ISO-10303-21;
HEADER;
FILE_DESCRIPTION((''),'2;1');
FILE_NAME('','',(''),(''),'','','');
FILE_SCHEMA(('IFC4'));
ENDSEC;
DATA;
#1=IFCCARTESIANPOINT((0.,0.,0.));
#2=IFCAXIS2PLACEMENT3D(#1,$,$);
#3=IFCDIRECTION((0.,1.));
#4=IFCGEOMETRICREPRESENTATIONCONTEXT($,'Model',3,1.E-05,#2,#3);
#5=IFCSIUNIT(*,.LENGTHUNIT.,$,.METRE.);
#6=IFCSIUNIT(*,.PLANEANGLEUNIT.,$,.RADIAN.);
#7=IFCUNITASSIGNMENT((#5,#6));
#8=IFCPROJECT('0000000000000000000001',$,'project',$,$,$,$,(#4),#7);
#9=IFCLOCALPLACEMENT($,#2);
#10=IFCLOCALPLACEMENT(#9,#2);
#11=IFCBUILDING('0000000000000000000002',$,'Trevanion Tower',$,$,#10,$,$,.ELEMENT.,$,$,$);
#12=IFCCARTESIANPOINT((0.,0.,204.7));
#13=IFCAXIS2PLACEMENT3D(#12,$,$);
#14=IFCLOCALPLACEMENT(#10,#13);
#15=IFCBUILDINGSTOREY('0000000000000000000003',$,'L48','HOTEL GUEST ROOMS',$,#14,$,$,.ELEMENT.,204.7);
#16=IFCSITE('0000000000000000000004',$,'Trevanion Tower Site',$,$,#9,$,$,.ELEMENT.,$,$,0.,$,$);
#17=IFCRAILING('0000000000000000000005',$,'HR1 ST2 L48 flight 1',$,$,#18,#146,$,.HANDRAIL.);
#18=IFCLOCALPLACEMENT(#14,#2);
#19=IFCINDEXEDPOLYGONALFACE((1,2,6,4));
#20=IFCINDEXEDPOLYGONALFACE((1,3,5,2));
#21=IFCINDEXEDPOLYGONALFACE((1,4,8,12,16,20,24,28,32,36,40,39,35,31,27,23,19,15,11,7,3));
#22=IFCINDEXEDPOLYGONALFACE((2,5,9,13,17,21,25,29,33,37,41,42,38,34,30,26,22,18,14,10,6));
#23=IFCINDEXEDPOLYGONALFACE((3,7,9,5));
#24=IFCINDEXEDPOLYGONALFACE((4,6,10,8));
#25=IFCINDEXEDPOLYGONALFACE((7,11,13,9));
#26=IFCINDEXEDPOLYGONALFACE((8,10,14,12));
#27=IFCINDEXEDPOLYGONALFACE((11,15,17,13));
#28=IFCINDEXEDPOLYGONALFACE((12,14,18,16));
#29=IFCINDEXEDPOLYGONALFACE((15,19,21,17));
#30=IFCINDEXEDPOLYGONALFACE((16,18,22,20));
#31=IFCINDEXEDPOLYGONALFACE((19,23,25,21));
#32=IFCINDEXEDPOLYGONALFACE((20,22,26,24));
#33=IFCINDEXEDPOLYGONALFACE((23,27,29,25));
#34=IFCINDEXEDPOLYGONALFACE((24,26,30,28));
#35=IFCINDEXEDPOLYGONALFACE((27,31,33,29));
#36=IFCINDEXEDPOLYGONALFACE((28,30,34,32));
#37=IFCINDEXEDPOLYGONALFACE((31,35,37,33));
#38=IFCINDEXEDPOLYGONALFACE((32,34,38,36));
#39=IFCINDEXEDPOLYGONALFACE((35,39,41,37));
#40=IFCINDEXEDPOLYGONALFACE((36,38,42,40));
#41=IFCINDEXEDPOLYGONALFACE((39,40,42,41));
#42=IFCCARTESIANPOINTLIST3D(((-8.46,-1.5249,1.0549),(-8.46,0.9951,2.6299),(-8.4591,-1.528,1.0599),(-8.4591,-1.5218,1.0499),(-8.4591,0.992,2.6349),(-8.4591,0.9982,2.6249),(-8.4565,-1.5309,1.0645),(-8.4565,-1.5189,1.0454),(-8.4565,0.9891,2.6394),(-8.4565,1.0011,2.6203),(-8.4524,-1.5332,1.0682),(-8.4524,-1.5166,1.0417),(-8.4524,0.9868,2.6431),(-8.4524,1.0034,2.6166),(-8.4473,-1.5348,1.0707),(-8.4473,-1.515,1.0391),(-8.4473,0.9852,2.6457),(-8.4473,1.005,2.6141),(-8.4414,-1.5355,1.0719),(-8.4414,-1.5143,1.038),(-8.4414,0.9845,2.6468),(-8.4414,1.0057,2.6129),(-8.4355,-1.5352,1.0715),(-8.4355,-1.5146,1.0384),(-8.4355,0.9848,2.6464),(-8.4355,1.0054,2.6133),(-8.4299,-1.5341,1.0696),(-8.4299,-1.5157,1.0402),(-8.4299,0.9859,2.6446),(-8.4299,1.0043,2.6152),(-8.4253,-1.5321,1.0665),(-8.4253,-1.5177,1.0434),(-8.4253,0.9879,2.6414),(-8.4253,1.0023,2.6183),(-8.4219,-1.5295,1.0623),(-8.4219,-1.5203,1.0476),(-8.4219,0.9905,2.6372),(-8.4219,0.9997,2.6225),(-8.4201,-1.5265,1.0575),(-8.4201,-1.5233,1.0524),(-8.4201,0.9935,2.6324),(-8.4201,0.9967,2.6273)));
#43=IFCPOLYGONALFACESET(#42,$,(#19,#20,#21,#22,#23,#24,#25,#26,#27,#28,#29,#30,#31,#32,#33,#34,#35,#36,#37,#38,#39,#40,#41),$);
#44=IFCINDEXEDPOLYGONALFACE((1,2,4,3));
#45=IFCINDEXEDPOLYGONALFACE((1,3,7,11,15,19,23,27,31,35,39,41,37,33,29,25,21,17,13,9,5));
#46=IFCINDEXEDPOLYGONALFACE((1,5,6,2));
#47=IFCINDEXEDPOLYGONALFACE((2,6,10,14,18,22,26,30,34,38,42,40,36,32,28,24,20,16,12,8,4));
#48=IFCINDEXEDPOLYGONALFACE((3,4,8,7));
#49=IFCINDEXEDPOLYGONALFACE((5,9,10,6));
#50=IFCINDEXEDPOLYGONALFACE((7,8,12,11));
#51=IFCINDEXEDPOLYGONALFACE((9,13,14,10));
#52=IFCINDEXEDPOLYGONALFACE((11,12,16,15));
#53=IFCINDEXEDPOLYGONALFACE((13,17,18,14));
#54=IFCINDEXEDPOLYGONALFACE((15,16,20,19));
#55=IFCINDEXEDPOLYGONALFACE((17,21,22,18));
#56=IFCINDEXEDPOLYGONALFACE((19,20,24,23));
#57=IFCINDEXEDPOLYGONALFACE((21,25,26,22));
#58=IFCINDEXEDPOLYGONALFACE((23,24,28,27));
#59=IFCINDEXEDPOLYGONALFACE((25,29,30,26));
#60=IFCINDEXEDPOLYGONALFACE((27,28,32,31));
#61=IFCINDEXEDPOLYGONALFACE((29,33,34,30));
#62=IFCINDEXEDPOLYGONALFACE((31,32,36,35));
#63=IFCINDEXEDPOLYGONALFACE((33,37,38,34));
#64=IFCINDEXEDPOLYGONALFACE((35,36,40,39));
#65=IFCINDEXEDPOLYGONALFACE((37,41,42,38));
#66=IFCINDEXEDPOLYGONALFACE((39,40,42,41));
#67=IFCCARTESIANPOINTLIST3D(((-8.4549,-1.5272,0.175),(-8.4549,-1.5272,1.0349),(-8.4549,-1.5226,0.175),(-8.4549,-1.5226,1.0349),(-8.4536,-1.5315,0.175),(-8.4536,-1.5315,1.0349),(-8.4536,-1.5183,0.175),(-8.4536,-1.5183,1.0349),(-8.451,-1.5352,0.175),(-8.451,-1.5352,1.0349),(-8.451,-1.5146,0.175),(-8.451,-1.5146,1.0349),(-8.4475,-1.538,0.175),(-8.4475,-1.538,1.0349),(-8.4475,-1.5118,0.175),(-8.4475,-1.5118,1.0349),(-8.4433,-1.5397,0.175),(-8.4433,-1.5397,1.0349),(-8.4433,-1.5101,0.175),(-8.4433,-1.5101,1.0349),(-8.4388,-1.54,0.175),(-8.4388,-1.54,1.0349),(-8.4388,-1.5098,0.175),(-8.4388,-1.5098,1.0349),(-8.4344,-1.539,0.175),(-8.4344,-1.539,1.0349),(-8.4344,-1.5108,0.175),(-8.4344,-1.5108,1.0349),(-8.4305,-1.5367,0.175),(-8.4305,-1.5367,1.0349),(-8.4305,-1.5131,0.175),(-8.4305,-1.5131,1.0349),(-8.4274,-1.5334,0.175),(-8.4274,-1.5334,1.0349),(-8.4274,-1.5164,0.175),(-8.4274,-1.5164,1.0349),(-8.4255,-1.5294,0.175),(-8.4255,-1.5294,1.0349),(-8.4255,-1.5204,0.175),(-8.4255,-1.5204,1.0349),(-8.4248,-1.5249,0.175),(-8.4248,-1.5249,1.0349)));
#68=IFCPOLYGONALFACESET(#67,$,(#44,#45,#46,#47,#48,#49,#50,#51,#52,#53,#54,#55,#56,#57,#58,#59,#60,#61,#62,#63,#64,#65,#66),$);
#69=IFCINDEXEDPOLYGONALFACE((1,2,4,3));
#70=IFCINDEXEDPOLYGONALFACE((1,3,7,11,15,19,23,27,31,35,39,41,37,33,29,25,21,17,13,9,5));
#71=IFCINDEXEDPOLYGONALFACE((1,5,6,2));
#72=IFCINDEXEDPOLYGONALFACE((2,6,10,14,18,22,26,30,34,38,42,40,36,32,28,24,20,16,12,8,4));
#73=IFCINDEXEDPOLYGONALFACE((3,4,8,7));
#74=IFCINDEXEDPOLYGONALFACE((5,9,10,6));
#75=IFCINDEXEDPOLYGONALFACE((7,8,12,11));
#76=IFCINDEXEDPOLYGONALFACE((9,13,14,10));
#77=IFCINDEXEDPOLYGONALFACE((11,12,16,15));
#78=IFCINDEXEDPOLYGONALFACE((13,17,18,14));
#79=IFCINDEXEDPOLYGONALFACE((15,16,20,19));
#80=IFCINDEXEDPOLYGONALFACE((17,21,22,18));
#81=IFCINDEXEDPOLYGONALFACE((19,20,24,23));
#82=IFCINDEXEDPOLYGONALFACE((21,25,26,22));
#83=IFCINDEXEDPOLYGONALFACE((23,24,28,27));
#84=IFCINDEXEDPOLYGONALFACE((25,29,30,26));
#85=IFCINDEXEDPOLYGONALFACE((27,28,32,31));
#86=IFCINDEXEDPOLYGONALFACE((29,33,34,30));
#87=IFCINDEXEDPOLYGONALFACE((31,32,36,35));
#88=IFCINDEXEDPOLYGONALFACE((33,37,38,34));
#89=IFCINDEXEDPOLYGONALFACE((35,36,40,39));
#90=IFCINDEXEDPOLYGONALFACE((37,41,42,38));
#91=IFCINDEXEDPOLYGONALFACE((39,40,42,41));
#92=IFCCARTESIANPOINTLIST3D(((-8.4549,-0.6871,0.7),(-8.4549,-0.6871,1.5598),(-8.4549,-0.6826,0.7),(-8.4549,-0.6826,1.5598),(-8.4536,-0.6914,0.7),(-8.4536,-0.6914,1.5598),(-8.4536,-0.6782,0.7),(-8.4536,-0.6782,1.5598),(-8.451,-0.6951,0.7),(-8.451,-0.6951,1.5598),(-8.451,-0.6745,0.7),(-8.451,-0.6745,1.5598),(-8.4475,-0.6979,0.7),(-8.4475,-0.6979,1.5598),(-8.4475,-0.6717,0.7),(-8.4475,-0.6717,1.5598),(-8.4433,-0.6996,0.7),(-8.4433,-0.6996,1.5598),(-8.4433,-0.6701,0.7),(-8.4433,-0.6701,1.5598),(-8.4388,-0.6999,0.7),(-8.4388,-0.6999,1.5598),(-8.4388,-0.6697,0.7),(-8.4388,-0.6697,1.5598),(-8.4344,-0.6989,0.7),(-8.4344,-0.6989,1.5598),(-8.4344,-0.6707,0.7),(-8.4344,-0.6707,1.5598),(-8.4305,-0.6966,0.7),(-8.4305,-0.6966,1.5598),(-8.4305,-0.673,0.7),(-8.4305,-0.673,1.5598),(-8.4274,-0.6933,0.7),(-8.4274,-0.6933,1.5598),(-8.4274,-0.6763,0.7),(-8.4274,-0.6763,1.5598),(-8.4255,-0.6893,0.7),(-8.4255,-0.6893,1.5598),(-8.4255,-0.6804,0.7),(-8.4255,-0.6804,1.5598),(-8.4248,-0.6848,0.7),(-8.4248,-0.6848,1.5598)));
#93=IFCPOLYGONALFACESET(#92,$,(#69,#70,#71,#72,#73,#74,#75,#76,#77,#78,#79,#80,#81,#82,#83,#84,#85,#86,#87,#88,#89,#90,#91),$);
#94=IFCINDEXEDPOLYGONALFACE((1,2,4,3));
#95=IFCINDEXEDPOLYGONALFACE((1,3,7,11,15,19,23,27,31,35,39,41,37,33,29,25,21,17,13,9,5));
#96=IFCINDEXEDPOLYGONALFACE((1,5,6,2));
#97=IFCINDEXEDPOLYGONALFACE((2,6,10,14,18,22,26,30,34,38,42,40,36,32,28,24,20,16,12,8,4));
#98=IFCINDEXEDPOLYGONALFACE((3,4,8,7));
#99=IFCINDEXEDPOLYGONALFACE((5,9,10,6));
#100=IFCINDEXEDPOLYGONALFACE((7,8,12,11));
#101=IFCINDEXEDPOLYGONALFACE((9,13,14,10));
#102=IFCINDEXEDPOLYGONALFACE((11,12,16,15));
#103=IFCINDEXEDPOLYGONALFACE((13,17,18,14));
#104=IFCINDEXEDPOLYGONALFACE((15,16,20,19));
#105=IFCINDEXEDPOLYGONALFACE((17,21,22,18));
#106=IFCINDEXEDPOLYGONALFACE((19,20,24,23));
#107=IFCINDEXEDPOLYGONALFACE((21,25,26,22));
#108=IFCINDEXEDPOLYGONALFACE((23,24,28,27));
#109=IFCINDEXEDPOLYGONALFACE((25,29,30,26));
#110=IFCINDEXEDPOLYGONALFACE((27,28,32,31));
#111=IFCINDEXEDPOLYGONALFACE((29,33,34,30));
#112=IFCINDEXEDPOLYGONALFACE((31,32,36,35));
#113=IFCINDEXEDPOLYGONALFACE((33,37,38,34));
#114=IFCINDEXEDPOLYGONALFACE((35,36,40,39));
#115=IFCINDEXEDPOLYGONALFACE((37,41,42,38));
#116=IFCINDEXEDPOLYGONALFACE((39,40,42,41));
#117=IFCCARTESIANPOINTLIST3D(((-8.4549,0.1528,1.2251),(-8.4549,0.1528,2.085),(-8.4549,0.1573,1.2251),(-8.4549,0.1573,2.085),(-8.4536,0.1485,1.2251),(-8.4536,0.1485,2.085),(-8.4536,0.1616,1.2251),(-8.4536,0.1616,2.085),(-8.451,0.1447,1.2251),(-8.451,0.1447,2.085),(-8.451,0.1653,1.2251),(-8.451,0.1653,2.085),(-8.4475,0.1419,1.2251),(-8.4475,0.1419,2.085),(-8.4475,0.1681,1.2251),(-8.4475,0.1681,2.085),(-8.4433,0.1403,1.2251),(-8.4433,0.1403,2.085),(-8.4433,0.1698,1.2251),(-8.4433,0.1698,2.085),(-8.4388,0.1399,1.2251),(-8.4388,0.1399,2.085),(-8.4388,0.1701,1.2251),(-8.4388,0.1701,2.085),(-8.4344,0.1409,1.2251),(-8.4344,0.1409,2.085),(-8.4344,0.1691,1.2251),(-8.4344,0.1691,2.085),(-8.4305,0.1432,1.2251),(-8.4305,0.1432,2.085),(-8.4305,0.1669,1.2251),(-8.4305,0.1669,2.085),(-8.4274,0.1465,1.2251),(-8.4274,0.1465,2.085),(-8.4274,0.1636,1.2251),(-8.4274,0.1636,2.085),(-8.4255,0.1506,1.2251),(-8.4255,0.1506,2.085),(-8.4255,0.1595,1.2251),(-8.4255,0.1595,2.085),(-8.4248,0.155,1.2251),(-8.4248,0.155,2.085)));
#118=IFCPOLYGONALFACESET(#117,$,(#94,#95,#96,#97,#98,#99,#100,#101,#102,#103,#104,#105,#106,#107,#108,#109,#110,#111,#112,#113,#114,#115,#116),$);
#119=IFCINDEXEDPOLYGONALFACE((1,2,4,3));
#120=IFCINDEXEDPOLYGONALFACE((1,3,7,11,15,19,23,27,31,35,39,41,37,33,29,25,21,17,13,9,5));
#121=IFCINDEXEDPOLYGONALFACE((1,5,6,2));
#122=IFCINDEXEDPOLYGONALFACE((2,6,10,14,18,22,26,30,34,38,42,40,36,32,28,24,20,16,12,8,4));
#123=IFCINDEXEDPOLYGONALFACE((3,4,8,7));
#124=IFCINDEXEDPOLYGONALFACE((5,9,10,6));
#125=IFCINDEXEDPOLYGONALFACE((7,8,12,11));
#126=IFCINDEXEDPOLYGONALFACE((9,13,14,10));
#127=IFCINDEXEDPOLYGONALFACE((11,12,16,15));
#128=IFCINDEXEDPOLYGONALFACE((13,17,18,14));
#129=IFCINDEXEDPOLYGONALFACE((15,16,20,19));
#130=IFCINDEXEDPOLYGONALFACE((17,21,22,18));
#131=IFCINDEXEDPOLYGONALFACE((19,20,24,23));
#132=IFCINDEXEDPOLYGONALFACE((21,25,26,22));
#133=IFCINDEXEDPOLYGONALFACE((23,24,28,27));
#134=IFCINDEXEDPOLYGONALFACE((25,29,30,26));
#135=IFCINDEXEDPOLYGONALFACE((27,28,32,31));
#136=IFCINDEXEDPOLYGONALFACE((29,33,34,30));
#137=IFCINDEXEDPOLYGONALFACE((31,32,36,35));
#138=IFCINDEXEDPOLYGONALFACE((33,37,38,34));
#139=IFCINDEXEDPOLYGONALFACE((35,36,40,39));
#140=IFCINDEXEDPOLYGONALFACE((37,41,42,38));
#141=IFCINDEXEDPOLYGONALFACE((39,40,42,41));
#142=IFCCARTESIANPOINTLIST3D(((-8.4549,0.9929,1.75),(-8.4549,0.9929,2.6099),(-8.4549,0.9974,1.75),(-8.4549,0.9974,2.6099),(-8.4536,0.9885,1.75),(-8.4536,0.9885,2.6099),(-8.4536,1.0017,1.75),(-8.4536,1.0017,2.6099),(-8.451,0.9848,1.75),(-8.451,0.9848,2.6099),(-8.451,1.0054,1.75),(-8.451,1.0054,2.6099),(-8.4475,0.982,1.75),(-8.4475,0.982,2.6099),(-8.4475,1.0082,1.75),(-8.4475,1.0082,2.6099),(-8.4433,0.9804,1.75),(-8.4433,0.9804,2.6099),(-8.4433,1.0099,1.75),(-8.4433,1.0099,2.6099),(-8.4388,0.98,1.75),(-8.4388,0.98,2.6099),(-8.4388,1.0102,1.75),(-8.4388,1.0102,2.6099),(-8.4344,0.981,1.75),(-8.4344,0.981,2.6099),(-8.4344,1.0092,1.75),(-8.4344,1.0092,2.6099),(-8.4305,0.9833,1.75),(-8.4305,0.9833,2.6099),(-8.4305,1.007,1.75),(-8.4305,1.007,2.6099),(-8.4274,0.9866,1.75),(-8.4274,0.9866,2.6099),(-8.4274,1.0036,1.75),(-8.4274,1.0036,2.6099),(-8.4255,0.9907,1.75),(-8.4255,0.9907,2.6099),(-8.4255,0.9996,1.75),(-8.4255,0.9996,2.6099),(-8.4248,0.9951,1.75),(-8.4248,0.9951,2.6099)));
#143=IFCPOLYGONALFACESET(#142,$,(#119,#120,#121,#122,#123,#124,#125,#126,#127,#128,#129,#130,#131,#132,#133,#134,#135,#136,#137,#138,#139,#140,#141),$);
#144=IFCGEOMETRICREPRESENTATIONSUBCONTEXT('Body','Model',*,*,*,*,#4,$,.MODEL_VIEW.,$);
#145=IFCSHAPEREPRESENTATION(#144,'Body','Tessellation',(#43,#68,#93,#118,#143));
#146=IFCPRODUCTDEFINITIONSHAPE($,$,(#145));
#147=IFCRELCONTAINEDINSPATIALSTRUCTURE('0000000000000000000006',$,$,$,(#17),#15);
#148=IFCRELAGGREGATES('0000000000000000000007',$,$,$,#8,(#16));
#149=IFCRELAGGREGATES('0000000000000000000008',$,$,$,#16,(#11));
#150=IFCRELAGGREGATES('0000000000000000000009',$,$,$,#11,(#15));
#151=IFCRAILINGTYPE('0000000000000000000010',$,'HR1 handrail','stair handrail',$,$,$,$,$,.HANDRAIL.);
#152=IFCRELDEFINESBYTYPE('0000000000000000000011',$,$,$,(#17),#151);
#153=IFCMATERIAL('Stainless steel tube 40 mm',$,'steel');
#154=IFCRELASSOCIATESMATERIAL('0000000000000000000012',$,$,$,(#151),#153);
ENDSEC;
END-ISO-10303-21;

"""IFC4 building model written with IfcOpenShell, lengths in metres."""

from ifc_helpers import new_model, si_unit, direction, frame, origin, origin_2d, place, context, subcontext, project, spatial, circle, extrude, material, type_object, element, save


model = new_model("IFC4")

# Units and contexts
model_context = context("Model", 3, precision=1e-05, world=origin(), true_north=direction((0.0, 1.0)))
body_context = subcontext(model_context, "Body", "Model", "MODEL_VIEW")
ifc_project = project(units=[si_unit("LENGTHUNIT", "METRE"), si_unit("PLANEANGLEUNIT", "RADIAN")], contexts=[model_context])

# Site, building, storey
site_placement = place(None, origin())
site = spatial("IfcSite", under=ifc_project, at=site_placement, Name="Trevanion Tower Site", CompositionType="ELEMENT", RefElevation=0.0)
building_placement = place(site_placement, origin())
building = spatial("IfcBuilding", under=site, at=building_placement, Name="Trevanion Tower", CompositionType="ELEMENT")
storey_placement = place(building_placement, frame((0.0, 0.0, 204.7)))
storey = spatial("IfcBuildingStorey", under=building, at=storey_placement, Name="L48", Description="HOTEL GUEST ROOMS", CompositionType="ELEMENT", Elevation=204.7)

# Railing
ifc_material_1 = material(Name="Stainless steel tube 40 mm", Category="steel")
railing_type = type_object("IfcRailingType", Name="HR1 handrail", Description="stair handrail", PredefinedType="HANDRAIL", material=ifc_material_1)
for number, where, name in (
    (1, (-8.4399, -1.5249, 0.175), "HR1 ST2 L48 flight 1"),
):
    element("IfcRailing", number, at=place(storey_placement, frame(where)), inside=storey, type_object=railing_type, Name=name, PredefinedType="HANDRAIL", context=body_context, shape_type="SweptSolid", body=[
        extrude(circle(Radius=0.02, at=origin_2d()), frame((0.0, 0.0, 0.8799), z_axis=(0.0, 0.848008, 0.529984), x_axis=(-1.0, 0.0, 0.0)), (0.0, 0.0, 1.0), 2.9717),
        extrude(circle(Radius=0.0151, at=origin_2d()), origin(), (0.0, 0.0, 1.0), 0.8599),
        extrude(circle(Radius=0.0151, at=origin_2d()), frame((0.0, 0.8401, 0.5249)), (0.0, 0.0, 1.0), 0.8599),
        extrude(circle(Radius=0.0151, at=origin_2d()), frame((0.0, 1.6799, 1.05)), (0.0, 0.0, 1.0), 0.8599),
        extrude(circle(Radius=0.0151, at=origin_2d()), frame((0.0, 2.52, 1.575)), (0.0, 0.0, 1.0), 0.8599),
    ])

save(model, "model.ifc")
